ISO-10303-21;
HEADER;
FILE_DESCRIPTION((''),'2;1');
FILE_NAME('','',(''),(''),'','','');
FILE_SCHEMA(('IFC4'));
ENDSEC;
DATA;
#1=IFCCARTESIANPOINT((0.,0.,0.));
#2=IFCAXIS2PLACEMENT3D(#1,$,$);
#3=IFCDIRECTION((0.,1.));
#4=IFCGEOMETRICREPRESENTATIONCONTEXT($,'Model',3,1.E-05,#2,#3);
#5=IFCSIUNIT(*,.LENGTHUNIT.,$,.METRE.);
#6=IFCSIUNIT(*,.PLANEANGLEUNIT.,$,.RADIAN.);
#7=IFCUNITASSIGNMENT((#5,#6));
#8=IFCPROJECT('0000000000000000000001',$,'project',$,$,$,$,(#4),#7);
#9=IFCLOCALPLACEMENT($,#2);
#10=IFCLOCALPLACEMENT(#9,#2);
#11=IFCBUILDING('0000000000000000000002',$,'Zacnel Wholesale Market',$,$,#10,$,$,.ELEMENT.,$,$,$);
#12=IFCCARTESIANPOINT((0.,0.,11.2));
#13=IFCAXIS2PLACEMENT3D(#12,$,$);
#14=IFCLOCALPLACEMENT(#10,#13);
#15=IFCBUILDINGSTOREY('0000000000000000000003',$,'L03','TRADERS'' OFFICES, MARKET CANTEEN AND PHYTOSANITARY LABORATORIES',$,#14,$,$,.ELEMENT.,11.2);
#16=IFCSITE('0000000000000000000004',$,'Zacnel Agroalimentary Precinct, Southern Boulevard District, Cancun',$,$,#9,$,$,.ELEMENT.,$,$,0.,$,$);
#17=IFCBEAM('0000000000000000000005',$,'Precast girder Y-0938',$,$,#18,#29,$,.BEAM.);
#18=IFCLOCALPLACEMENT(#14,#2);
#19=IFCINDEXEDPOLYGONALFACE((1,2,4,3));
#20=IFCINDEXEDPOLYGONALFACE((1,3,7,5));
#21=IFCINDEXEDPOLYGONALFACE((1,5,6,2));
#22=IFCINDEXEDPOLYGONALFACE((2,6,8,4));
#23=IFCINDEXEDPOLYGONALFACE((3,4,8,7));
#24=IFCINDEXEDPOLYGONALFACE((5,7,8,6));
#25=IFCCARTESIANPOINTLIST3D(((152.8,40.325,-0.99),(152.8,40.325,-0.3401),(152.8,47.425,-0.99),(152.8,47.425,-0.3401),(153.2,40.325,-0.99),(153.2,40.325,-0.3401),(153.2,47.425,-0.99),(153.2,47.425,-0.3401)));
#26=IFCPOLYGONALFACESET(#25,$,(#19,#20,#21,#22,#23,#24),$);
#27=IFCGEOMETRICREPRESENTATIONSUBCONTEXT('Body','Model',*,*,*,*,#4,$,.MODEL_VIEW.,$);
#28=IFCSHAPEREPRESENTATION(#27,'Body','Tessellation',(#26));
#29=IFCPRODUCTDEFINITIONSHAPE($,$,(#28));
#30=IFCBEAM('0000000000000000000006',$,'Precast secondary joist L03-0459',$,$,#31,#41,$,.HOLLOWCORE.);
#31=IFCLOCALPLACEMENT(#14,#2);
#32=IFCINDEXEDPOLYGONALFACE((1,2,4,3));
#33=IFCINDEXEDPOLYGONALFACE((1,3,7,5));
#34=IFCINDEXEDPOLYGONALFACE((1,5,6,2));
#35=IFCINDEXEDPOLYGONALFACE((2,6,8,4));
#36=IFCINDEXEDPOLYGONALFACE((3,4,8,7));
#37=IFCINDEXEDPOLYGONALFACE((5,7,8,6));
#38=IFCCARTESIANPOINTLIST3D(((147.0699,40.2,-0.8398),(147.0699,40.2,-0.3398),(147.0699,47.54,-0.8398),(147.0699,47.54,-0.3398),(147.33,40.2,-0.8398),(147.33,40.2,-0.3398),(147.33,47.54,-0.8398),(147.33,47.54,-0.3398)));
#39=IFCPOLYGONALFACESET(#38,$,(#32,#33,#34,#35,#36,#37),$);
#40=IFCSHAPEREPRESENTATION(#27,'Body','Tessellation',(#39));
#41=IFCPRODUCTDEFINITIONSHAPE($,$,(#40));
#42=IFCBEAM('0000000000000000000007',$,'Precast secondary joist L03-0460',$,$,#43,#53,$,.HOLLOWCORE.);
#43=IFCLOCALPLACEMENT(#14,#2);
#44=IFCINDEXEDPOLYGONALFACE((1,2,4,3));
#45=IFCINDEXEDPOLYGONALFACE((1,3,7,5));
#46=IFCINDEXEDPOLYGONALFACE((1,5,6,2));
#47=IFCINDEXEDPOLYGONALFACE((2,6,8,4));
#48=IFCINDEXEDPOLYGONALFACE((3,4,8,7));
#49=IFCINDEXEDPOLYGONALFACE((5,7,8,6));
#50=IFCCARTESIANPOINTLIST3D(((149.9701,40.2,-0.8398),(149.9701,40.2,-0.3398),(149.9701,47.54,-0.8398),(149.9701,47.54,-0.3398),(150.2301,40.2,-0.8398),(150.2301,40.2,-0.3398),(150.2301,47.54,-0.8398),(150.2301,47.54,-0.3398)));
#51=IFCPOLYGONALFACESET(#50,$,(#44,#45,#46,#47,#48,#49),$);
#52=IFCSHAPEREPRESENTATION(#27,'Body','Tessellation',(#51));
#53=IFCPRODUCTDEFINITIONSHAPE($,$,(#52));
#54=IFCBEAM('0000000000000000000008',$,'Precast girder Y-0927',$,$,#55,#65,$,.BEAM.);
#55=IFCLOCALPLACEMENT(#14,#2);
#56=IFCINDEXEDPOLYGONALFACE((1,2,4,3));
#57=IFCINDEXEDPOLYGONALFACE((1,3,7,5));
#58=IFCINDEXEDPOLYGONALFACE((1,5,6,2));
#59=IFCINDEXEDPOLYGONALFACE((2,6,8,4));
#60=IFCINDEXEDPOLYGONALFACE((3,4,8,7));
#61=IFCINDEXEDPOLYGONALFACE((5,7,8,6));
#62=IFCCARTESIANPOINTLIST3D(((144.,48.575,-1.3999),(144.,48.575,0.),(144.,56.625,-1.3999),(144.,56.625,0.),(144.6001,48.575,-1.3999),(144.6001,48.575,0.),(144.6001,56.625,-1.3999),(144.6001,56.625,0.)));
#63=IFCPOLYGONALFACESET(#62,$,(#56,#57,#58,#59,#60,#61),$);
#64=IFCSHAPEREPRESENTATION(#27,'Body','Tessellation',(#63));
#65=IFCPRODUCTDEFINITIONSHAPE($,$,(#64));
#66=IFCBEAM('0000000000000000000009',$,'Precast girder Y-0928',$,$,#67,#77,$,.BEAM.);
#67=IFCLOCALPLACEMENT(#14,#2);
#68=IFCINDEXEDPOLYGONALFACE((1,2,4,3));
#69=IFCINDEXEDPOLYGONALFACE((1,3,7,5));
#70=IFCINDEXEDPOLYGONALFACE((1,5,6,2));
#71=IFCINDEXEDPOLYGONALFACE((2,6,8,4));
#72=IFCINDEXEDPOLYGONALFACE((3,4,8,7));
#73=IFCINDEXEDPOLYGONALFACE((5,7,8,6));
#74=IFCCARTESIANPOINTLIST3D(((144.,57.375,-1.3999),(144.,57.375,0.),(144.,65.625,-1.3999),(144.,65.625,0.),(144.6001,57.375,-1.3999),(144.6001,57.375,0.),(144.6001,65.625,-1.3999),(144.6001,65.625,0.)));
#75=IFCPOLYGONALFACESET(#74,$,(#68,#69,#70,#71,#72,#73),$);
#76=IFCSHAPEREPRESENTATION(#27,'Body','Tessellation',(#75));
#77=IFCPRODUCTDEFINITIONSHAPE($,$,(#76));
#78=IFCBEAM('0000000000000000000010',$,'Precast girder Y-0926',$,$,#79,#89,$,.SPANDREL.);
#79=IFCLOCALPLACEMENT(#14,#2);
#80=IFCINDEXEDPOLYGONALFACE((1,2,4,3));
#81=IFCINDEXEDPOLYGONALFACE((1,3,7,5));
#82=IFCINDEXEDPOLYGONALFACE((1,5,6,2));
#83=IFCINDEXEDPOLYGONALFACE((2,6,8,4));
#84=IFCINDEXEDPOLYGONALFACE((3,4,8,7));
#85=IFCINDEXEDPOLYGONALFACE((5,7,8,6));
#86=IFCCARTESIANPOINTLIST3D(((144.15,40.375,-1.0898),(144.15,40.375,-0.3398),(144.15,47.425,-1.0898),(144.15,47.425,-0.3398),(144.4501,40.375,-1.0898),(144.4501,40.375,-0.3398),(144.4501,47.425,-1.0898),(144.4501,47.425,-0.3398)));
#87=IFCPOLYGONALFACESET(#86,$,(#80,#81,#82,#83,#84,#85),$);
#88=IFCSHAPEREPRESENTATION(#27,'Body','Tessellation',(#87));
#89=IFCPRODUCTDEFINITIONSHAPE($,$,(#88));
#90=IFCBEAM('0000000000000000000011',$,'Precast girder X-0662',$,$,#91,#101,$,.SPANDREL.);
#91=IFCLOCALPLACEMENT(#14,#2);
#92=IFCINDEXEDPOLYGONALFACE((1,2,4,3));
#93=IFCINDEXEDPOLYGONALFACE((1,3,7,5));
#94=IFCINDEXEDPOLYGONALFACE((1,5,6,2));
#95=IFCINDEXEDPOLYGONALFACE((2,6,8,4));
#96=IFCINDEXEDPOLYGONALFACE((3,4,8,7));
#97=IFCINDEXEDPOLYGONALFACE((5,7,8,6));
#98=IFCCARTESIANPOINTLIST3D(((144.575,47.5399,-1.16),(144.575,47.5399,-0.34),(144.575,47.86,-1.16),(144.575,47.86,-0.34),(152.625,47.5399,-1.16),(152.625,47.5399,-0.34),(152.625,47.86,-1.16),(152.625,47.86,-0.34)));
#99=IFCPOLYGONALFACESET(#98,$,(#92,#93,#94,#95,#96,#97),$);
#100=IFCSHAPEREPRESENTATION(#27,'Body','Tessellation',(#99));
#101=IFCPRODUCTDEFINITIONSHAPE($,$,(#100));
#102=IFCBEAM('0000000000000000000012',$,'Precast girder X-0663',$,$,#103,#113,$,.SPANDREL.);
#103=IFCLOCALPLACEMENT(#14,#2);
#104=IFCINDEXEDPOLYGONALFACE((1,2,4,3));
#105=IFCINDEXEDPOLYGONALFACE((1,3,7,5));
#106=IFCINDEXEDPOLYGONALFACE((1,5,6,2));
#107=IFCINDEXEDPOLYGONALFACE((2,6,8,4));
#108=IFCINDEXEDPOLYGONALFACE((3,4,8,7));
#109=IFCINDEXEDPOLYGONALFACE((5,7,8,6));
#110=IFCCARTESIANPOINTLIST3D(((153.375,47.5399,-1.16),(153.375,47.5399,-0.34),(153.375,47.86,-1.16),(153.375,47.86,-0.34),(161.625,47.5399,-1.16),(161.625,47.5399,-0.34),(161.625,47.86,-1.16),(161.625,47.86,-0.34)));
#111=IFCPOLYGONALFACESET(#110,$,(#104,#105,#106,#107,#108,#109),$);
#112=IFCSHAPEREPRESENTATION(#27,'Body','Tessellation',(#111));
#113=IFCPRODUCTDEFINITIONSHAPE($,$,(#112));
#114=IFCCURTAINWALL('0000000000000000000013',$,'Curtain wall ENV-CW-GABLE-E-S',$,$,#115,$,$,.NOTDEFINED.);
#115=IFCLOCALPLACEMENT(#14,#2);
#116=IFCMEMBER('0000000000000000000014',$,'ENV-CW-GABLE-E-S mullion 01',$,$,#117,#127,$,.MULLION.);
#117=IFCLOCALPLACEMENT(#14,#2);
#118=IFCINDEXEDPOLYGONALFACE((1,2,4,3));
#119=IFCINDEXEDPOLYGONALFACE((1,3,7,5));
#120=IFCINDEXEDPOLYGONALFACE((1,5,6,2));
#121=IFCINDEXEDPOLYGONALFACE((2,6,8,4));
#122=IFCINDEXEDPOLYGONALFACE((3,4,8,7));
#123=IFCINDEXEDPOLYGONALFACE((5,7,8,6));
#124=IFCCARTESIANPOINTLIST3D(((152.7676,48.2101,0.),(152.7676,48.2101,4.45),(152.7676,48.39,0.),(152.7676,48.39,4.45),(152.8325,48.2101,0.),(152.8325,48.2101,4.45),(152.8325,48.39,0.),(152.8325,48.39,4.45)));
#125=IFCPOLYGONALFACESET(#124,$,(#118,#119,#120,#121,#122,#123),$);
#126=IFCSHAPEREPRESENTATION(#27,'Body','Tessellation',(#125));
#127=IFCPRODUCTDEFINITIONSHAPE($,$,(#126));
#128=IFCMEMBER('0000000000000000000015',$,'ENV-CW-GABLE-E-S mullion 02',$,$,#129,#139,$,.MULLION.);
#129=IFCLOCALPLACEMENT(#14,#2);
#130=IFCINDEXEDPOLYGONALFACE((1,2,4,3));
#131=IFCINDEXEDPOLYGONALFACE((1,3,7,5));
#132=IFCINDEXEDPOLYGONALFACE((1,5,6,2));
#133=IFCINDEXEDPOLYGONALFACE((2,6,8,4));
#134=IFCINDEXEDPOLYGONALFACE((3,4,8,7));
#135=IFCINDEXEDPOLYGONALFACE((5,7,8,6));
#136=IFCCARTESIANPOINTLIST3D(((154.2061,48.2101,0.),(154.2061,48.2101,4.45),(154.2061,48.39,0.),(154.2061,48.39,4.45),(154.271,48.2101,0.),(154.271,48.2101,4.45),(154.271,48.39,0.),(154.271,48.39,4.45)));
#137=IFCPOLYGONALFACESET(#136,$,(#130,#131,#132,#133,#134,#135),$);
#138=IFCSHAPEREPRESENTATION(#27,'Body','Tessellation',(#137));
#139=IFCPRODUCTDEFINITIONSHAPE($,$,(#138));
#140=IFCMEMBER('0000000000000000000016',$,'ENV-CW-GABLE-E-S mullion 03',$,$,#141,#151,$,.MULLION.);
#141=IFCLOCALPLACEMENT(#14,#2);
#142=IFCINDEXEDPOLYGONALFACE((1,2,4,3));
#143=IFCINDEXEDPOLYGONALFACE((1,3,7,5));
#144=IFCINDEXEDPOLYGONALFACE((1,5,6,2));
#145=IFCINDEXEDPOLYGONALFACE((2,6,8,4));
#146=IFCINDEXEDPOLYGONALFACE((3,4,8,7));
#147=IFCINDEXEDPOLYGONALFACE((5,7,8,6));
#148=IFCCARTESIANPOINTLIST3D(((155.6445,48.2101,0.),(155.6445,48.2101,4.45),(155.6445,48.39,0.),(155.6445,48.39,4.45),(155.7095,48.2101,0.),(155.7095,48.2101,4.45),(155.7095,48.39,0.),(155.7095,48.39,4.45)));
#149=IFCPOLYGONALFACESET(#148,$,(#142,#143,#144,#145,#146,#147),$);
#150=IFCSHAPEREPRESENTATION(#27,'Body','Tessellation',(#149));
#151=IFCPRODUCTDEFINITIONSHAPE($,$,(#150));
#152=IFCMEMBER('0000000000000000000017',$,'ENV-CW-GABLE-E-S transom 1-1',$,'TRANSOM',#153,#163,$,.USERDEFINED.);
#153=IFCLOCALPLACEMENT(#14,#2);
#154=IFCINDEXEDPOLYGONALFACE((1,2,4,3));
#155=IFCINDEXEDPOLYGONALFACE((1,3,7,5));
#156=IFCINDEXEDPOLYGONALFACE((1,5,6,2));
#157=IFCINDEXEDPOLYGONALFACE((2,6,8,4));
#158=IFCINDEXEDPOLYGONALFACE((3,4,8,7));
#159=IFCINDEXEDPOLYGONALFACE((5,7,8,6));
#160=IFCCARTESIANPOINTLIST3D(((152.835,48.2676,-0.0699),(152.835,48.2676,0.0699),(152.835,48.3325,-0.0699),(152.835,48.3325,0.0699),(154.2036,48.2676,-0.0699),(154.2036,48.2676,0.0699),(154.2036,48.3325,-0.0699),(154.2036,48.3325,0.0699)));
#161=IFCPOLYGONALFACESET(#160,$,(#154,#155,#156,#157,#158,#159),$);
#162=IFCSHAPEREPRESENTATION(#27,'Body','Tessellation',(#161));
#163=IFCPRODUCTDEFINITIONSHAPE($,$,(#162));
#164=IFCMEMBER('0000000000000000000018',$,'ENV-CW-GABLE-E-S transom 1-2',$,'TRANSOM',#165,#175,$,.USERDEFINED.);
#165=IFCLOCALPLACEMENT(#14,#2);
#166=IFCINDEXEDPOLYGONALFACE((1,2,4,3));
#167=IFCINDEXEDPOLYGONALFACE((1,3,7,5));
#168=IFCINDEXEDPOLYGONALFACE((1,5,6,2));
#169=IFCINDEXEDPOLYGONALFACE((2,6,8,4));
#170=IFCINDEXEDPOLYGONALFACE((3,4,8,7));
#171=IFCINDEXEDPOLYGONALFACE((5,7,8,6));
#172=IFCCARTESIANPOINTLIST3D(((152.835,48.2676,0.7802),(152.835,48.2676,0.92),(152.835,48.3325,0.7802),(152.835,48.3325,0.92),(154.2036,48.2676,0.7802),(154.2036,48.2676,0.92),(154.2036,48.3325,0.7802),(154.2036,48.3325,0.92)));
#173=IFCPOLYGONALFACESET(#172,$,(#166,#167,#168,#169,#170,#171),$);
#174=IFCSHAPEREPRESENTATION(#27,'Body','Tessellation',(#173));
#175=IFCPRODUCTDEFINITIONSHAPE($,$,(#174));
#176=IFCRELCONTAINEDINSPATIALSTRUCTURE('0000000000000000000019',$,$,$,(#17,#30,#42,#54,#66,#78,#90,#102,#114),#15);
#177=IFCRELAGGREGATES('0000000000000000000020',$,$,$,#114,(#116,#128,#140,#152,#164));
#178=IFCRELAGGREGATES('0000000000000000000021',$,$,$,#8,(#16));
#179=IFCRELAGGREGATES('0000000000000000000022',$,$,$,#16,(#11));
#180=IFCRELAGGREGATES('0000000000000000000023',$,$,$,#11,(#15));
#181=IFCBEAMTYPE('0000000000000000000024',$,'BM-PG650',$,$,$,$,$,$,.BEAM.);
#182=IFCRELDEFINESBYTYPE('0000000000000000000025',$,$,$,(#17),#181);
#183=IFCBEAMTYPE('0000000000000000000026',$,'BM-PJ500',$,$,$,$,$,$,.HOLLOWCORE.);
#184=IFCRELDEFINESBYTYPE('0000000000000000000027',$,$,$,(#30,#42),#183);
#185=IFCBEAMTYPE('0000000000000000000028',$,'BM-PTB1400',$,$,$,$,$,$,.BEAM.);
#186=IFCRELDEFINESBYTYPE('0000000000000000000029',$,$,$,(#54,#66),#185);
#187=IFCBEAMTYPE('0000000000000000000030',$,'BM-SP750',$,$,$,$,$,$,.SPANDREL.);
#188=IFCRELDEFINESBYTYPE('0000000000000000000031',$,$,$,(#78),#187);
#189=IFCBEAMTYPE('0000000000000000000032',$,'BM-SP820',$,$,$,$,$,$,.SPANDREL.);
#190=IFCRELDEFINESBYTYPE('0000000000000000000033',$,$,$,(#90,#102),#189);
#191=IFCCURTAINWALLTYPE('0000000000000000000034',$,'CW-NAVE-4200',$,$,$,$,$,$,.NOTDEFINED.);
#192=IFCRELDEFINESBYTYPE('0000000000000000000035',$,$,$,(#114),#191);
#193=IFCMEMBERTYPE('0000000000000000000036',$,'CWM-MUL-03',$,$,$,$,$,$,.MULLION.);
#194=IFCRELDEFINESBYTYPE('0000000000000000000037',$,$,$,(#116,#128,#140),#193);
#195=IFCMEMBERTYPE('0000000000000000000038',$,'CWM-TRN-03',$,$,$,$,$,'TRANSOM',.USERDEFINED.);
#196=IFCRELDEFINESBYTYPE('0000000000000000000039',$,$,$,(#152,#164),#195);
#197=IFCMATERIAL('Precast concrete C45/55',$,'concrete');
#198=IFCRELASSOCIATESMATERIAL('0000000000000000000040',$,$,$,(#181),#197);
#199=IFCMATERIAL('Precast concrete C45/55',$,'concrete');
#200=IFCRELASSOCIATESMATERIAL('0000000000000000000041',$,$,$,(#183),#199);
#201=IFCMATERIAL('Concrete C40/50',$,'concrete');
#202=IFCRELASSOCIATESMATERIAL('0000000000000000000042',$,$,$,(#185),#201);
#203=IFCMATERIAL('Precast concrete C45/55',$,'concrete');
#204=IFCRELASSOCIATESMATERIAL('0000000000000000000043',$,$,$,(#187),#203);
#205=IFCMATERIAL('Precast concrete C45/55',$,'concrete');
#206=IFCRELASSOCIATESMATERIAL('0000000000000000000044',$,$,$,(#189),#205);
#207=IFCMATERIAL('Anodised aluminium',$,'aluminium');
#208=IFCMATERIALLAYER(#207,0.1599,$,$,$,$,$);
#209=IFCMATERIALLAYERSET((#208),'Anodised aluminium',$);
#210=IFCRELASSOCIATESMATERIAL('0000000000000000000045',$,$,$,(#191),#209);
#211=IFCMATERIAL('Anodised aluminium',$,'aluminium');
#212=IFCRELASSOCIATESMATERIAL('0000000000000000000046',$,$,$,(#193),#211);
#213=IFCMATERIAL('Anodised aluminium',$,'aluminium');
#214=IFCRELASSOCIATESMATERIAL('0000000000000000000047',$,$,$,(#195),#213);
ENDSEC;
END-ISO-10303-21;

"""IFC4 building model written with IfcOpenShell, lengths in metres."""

from ifc_helpers import new_model, si_unit, direction, frame, origin, origin_2d, place, context, subcontext, project, spatial, rectangle, extrude, material, layer, layer_set, material_profile, profile_set, type_object, element, aggregate, save


model = new_model("IFC4")

# Units and contexts
model_context = context("Model", 3, precision=1e-05, world=origin(), true_north=direction((0.0, 1.0)))
body_context = subcontext(model_context, "Body", "Model", "MODEL_VIEW")
ifc_project = project(units=[si_unit("LENGTHUNIT", "METRE"), si_unit("PLANEANGLEUNIT", "RADIAN")], contexts=[model_context])

# Site, building, storey
site_placement = place(None, origin())
site = spatial("IfcSite", under=ifc_project, at=site_placement, Name="Zacnel Agroalimentary Precinct, Southern Boulevard District, Cancun", CompositionType="ELEMENT", RefElevation=0.0)
building_placement = place(site_placement, origin())
building = spatial("IfcBuilding", under=site, at=building_placement, Name="Zacnel Wholesale Market", CompositionType="ELEMENT")
storey_placement = place(building_placement, frame((0.0, 0.0, 11.2)))
storey = spatial("IfcBuildingStorey", under=building, at=storey_placement, Name="L03", Description="TRADERS' OFFICES, MARKET CANTEEN AND PHYTOSANITARY LABORATORIES", CompositionType="ELEMENT", Elevation=11.2)

# Beams
ifc_material_1 = material(Name="Precast concrete C45/55", Category="concrete")
ifc_material_profile_1 = material_profile(ifc_material_1, rectangle(XDim=0.3999, YDim=0.6499, at=origin_2d()), Name="PG 400x650")
ifc_profile_set_1 = profile_set([ifc_material_profile_1], Name="Precast concrete C45/55")
beam_type_1 = type_object("IfcBeamType", Name="BM-PG650", PredefinedType="BEAM", material=ifc_profile_set_1)
beam_1_placement = place(storey_placement, frame((153.0, 40.325, -0.665), z_axis=(0.0, 1.0, 0.0), x_axis=(-1.0, 0.0, 0.0)))
element("IfcBeam", 1, at=beam_1_placement, inside=storey, type_object=beam_type_1, Name="Precast girder Y-0938", PredefinedType="BEAM", context=body_context, shape_type="SweptSolid", body=[
    extrude(rectangle(XDim=0.3999, YDim=0.6499, at=origin_2d()), origin(), (0.0, 0.0, 1.0), 7.1001),
])
ifc_material_2 = material(Name="Precast concrete C45/55", Category="concrete")
ifc_material_profile_2 = material_profile(ifc_material_2, rectangle(XDim=0.26, YDim=0.5, at=origin_2d()), Name="PJ 260x500")
ifc_profile_set_2 = profile_set([ifc_material_profile_2], Name="Precast concrete C45/55")
beam_type_2 = type_object("IfcBeamType", Name="BM-PJ500", PredefinedType="HOLLOWCORE", material=ifc_profile_set_2)
for number, where, z_axis, x_axis, name in (
    (2, (147.2, 40.2, -0.5898), (0.0, 1.0, 0.0), (-1.0, 0.0, 0.0), "Precast secondary joist L03-0459"),
    (3, (150.1001, 40.2, -0.5898), (0.0, 1.0, 0.0), (-1.0, 0.0, 0.0), "Precast secondary joist L03-0460"),
):
    element("IfcBeam", number, at=place(storey_placement, frame(where, z_axis=z_axis, x_axis=x_axis)), inside=storey, type_object=beam_type_2, Name=name, PredefinedType="HOLLOWCORE", context=body_context, shape_type="SweptSolid", body=[
        extrude(rectangle(XDim=0.26, YDim=0.5, at=origin_2d()), origin(), (0.0, 0.0, 1.0), 7.3401),
    ])
ifc_material_3 = material(Name="Concrete C40/50", Category="concrete")
ifc_material_profile_3 = material_profile(ifc_material_3, rectangle(XDim=0.6001, YDim=1.3999, at=origin_2d()), Name="PTB 600x1400")
ifc_profile_set_3 = profile_set([ifc_material_profile_3], Name="Concrete C40/50")
beam_type_3 = type_object("IfcBeamType", Name="BM-PTB1400", PredefinedType="BEAM", material=ifc_profile_set_3)
beam_2_placement = place(storey_placement, frame((144.3, 48.575, -0.7), z_axis=(0.0, 1.0, 0.0), x_axis=(-1.0, 0.0, 0.0)))
element("IfcBeam", 4, at=beam_2_placement, inside=storey, type_object=beam_type_3, Name="Precast girder Y-0927", PredefinedType="BEAM", context=body_context, shape_type="SweptSolid", body=[
    extrude(rectangle(XDim=0.6001, YDim=1.3999, at=origin_2d()), origin(), (0.0, 0.0, 1.0), 8.05),
])
beam_3_placement = place(storey_placement, frame((144.3, 57.375, -0.7), z_axis=(0.0, 1.0, 0.0), x_axis=(-1.0, 0.0, 0.0)))
element("IfcBeam", 5, at=beam_3_placement, inside=storey, type_object=beam_type_3, Name="Precast girder Y-0928", PredefinedType="BEAM", context=body_context, shape_type="SweptSolid", body=[
    extrude(rectangle(XDim=0.6001, YDim=1.3999, at=origin_2d()), origin(), (0.0, 0.0, 1.0), 8.25),
])
ifc_material_4 = material(Name="Precast concrete C45/55", Category="concrete")
ifc_material_profile_4 = material_profile(ifc_material_4, rectangle(XDim=0.3, YDim=0.75, at=origin_2d()), Name="SP 300x750")
ifc_profile_set_4 = profile_set([ifc_material_profile_4], Name="Precast concrete C45/55")
beam_type_4 = type_object("IfcBeamType", Name="BM-SP750", PredefinedType="SPANDREL", material=ifc_profile_set_4)
beam_4_placement = place(storey_placement, frame((144.3, 40.375, -0.7148), z_axis=(0.0, 1.0, 0.0), x_axis=(-1.0, 0.0, 0.0)))
element("IfcBeam", 6, at=beam_4_placement, inside=storey, type_object=beam_type_4, Name="Precast girder Y-0926", PredefinedType="SPANDREL", context=body_context, shape_type="SweptSolid", body=[
    extrude(rectangle(XDim=0.3, YDim=0.75, at=origin_2d()), origin(), (0.0, 0.0, 1.0), 7.05),
])
ifc_material_5 = material(Name="Precast concrete C45/55", Category="concrete")
ifc_material_profile_5 = material_profile(ifc_material_5, rectangle(XDim=0.3201, YDim=0.8201, at=origin_2d()), Name="SP 320x820")
ifc_profile_set_5 = profile_set([ifc_material_profile_5], Name="Precast concrete C45/55")
beam_type_5 = type_object("IfcBeamType", Name="BM-SP820", PredefinedType="SPANDREL", material=ifc_profile_set_5)
beam_5_placement = place(storey_placement, frame((144.575, 47.7, -0.75), z_axis=(1.0, 0.0, 0.0), x_axis=(0.0, 1.0, 0.0)))
element("IfcBeam", 7, at=beam_5_placement, inside=storey, type_object=beam_type_5, Name="Precast girder X-0662", PredefinedType="SPANDREL", context=body_context, shape_type="SweptSolid", body=[
    extrude(rectangle(XDim=0.3201, YDim=0.8201, at=origin_2d()), origin(), (0.0, 0.0, 1.0), 8.05),
])
beam_6_placement = place(storey_placement, frame((153.375, 47.7, -0.75), z_axis=(1.0, 0.0, 0.0), x_axis=(0.0, 1.0, 0.0)))
element("IfcBeam", 8, at=beam_6_placement, inside=storey, type_object=beam_type_5, Name="Precast girder X-0663", PredefinedType="SPANDREL", context=body_context, shape_type="SweptSolid", body=[
    extrude(rectangle(XDim=0.3201, YDim=0.8201, at=origin_2d()), origin(), (0.0, 0.0, 1.0), 8.25),
])

# Curtain wall, members
ifc_material_6 = material(Name="Anodised aluminium", Category="aluminium")
ifc_layer_1 = layer(ifc_material_6, 0.1599)
ifc_layer_set_1 = layer_set([ifc_layer_1], Name="Anodised aluminium")
curtain_wall_type = type_object("IfcCurtainWallType", Name="CW-NAVE-4200", PredefinedType="NOTDEFINED", material=ifc_layer_set_1)
curtain_wall_placement = place(storey_placement, origin())
curtain_wall = element("IfcCurtainWall", 9, at=curtain_wall_placement, inside=storey, type_object=curtain_wall_type, Name="Curtain wall ENV-CW-GABLE-E-S", PredefinedType="NOTDEFINED")
ifc_material_7 = material(Name="Anodised aluminium", Category="aluminium")
ifc_material_profile_6 = material_profile(ifc_material_7, rectangle(XDim=0.0649, YDim=0.1799, at=origin_2d()), Name="AW-MULLION 65x180")
ifc_profile_set_6 = profile_set([ifc_material_profile_6], Name="Anodised aluminium")
member_type_1 = type_object("IfcMemberType", Name="CWM-MUL-03", PredefinedType="MULLION", material=ifc_profile_set_6)
member_1_placement = place(storey_placement, frame((152.8, 48.3, 0.0), z_axis=(0.0, 0.0, 1.0), x_axis=(1.0, 0.0, 0.0)))
member_1 = element("IfcMember", 10, at=member_1_placement, type_object=member_type_1, Name="ENV-CW-GABLE-E-S mullion 01", PredefinedType="MULLION", context=body_context, shape_type="SweptSolid", body=[
    extrude(rectangle(XDim=0.0649, YDim=0.1799, at=origin_2d()), origin(), (0.0, 0.0, 1.0), 4.45),
])
member_2_placement = place(storey_placement, frame((154.2385, 48.3, 0.0), z_axis=(0.0, 0.0, 1.0), x_axis=(1.0, 0.0, 0.0)))
member_2 = element("IfcMember", 11, at=member_2_placement, type_object=member_type_1, Name="ENV-CW-GABLE-E-S mullion 02", PredefinedType="MULLION", context=body_context, shape_type="SweptSolid", body=[
    extrude(rectangle(XDim=0.0649, YDim=0.1799, at=origin_2d()), origin(), (0.0, 0.0, 1.0), 4.45),
])
member_3_placement = place(storey_placement, frame((155.677, 48.3, 0.0), z_axis=(0.0, 0.0, 1.0), x_axis=(1.0, 0.0, 0.0)))
member_3 = element("IfcMember", 12, at=member_3_placement, type_object=member_type_1, Name="ENV-CW-GABLE-E-S mullion 03", PredefinedType="MULLION", context=body_context, shape_type="SweptSolid", body=[
    extrude(rectangle(XDim=0.0649, YDim=0.1799, at=origin_2d()), origin(), (0.0, 0.0, 1.0), 4.45),
])
ifc_material_8 = material(Name="Anodised aluminium", Category="aluminium")
ifc_material_profile_7 = material_profile(ifc_material_8, rectangle(XDim=0.0649, YDim=0.1399, at=origin_2d()), Name="AW-TRANSOM 65x140")
ifc_profile_set_7 = profile_set([ifc_material_profile_7], Name="Anodised aluminium")
member_type_2 = type_object("IfcMemberType", Name="CWM-TRN-03", ElementType="TRANSOM", PredefinedType="USERDEFINED", material=ifc_profile_set_7)
member_4_placement = place(storey_placement, frame((152.835, 48.3, 0.0), z_axis=(1.0, 0.0, 0.0), x_axis=(0.0, 1.0, 0.0)))
member_4 = element("IfcMember", 13, at=member_4_placement, type_object=member_type_2, Name="ENV-CW-GABLE-E-S transom 1-1", ObjectType="TRANSOM", PredefinedType="USERDEFINED", context=body_context, shape_type="SweptSolid", body=[
    extrude(rectangle(XDim=0.0649, YDim=0.1399, at=origin_2d()), origin(), (0.0, 0.0, 1.0), 1.3687),
])
member_5_placement = place(storey_placement, frame((152.835, 48.3, 0.8501), z_axis=(1.0, 0.0, 0.0), x_axis=(0.0, 1.0, 0.0)))
member_5 = element("IfcMember", 14, at=member_5_placement, type_object=member_type_2, Name="ENV-CW-GABLE-E-S transom 1-2", ObjectType="TRANSOM", PredefinedType="USERDEFINED", context=body_context, shape_type="SweptSolid", body=[
    extrude(rectangle(XDim=0.0649, YDim=0.1399, at=origin_2d()), origin(), (0.0, 0.0, 1.0), 1.3687),
])
aggregate(curtain_wall, [member_1, member_2, member_3, member_4, member_5])

save(model, "model.ifc")
